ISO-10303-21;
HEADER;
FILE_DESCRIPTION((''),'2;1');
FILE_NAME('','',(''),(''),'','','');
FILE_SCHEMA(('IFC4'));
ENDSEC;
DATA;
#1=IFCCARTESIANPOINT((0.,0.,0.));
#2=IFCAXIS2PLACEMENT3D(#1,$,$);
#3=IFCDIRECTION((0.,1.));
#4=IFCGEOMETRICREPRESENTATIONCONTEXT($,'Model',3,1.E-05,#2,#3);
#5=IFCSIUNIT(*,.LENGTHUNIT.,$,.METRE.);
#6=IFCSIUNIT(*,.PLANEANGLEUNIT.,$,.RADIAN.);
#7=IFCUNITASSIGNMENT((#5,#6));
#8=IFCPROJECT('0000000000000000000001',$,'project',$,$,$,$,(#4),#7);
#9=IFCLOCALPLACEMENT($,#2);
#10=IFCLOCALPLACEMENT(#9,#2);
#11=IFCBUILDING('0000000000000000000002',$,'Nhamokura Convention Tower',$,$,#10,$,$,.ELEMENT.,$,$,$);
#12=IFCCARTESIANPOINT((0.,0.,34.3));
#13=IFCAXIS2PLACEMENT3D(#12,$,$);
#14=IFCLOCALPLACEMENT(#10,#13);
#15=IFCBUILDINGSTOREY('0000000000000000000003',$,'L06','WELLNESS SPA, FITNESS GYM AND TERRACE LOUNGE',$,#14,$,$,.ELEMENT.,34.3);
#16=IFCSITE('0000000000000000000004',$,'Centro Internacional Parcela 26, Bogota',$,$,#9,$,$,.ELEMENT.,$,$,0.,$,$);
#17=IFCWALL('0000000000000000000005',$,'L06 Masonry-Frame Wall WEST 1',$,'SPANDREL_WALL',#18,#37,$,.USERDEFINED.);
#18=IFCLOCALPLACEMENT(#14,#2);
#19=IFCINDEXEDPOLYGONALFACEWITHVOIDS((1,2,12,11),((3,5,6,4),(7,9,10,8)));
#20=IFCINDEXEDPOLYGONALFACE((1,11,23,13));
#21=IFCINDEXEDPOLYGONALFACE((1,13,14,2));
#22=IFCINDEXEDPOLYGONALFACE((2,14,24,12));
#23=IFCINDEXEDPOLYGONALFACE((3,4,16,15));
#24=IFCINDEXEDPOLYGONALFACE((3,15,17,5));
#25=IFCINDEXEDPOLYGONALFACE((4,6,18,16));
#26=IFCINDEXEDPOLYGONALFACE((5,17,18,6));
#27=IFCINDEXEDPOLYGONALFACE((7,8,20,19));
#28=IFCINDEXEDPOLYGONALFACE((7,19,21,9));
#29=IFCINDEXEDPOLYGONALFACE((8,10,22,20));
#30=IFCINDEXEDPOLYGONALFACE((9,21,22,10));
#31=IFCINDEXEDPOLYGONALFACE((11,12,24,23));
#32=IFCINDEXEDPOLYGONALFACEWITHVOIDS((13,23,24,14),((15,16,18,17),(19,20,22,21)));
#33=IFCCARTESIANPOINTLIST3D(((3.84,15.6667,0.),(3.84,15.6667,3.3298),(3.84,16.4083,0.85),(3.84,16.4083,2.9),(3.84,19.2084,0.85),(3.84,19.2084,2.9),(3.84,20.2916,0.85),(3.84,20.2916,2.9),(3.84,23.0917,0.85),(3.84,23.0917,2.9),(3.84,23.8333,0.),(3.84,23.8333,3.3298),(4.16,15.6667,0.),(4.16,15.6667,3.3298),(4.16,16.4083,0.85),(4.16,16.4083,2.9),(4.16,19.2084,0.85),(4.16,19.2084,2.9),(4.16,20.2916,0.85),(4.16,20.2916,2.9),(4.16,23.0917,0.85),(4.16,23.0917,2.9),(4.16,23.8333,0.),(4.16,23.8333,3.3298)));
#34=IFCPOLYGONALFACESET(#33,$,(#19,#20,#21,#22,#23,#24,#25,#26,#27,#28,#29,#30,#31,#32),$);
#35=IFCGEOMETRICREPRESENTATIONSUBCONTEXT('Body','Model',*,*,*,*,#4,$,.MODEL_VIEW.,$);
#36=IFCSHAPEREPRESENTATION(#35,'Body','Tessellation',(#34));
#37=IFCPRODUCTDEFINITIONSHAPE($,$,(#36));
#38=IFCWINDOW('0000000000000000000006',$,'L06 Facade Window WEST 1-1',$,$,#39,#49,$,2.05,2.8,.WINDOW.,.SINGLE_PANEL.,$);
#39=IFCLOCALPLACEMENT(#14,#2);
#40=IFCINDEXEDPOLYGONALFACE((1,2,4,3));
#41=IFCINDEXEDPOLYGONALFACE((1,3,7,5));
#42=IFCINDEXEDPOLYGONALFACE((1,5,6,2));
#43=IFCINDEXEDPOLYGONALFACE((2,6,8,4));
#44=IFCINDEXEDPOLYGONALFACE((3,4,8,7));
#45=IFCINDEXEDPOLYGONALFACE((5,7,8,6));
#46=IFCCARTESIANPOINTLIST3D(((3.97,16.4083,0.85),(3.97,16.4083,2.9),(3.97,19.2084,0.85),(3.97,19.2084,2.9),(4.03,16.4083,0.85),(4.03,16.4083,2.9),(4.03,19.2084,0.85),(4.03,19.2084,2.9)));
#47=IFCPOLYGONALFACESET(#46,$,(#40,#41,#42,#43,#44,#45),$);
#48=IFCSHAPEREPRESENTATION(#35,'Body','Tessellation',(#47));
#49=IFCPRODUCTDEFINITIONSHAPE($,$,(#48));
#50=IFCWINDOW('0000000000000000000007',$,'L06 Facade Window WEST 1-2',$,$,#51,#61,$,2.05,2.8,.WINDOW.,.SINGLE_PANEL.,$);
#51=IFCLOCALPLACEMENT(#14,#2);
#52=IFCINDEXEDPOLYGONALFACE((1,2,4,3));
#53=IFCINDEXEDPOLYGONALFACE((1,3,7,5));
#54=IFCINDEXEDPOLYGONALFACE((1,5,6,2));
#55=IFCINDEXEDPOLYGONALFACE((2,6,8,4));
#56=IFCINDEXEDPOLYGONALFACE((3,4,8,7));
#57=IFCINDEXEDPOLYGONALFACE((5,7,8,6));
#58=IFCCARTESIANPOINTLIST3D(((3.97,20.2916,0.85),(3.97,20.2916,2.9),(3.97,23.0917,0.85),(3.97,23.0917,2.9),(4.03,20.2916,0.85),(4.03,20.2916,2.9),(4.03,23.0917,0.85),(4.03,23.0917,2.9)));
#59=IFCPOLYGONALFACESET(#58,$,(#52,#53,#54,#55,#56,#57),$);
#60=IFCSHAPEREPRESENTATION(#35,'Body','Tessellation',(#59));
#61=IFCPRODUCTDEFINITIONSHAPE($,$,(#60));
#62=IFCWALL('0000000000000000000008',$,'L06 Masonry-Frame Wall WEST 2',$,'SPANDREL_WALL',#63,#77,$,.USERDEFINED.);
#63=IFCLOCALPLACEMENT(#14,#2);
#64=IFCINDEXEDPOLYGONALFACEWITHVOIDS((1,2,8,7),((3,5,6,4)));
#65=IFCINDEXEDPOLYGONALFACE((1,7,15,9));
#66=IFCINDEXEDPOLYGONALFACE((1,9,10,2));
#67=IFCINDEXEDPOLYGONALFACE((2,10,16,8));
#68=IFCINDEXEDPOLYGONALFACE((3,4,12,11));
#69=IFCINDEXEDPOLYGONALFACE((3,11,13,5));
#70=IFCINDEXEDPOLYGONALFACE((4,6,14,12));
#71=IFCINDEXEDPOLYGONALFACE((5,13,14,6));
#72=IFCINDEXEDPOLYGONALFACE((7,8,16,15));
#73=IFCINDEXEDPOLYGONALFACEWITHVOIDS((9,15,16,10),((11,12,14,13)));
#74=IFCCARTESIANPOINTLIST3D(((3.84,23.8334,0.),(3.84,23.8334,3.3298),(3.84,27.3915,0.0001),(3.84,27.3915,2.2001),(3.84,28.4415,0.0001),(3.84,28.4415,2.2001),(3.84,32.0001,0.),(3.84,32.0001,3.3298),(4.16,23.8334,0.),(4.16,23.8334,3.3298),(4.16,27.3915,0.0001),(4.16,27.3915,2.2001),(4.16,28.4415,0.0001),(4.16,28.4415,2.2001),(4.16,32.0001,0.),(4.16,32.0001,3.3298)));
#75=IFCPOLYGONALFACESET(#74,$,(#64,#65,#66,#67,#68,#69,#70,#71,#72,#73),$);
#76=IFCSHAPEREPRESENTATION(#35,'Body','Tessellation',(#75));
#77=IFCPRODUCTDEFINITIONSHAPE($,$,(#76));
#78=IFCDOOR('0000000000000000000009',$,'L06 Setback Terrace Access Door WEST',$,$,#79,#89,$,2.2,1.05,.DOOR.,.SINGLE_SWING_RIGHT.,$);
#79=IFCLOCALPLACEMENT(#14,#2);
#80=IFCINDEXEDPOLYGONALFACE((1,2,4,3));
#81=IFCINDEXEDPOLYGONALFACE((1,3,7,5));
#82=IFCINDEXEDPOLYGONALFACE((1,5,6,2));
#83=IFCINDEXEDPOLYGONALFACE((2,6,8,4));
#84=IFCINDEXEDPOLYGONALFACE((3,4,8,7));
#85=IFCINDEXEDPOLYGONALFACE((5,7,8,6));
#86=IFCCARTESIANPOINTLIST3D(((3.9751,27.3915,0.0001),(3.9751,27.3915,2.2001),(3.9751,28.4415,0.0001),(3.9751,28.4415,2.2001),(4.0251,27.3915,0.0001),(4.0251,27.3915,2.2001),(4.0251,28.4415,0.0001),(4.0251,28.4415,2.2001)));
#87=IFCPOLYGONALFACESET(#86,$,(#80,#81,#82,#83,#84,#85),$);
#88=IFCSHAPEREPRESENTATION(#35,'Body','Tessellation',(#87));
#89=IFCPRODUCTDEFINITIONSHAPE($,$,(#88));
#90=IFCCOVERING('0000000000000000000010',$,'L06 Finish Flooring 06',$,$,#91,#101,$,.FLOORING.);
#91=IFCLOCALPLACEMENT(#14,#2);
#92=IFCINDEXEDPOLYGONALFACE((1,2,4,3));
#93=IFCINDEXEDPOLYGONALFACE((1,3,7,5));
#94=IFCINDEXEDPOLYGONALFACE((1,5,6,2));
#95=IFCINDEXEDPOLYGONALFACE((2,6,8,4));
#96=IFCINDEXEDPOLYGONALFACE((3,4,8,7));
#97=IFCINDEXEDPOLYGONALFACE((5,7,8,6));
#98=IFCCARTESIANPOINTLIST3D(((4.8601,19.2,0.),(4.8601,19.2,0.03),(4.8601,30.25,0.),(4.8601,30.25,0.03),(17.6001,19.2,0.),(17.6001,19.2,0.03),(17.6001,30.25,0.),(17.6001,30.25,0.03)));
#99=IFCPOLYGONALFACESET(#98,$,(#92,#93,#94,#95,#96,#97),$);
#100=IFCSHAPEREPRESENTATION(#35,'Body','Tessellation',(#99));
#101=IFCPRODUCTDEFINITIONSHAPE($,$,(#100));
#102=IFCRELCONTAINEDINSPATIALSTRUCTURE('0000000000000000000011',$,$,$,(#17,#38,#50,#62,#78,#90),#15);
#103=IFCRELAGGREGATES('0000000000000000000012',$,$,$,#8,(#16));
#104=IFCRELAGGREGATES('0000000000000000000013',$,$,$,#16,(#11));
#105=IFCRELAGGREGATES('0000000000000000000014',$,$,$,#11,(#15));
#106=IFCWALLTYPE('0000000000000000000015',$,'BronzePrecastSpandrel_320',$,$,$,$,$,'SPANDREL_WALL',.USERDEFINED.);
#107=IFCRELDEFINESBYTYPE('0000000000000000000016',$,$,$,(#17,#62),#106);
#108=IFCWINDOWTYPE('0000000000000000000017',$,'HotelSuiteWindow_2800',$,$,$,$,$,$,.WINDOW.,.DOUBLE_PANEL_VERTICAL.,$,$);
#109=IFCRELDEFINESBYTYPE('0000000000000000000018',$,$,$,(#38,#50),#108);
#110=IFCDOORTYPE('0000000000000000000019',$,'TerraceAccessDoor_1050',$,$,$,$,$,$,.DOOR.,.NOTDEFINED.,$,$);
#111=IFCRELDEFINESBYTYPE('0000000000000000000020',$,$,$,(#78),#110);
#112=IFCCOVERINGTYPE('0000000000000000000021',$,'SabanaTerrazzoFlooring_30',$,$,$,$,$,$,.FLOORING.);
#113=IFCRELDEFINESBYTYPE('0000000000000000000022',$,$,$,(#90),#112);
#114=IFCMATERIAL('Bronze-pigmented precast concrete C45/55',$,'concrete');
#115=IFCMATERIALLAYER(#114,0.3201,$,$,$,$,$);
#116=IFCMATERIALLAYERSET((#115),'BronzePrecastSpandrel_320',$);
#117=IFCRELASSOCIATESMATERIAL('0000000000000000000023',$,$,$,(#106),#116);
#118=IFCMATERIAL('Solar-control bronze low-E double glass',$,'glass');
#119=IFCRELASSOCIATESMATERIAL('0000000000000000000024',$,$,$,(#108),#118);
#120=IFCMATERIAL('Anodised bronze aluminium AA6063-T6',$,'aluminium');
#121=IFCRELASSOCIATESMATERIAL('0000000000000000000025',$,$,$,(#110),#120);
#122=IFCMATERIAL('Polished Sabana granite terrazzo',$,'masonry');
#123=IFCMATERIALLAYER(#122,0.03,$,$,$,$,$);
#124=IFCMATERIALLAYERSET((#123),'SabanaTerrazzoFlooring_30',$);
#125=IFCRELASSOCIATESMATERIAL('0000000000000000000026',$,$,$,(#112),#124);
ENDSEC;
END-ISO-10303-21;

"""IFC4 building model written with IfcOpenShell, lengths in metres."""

from ifc_helpers import new_model, si_unit, direction, frame, frame_2d, origin, place, context, subcontext, project, spatial, polyline, rectangle, outline, extrude, material, layer, layer_set, type_object, element, fill, save


model = new_model("IFC4")

# Units and contexts
model_context = context("Model", 3, precision=1e-05, world=origin(), true_north=direction((0.0, 1.0)))
body_context = subcontext(model_context, "Body", "Model", "MODEL_VIEW")
ifc_project = project(units=[si_unit("LENGTHUNIT", "METRE"), si_unit("PLANEANGLEUNIT", "RADIAN")], contexts=[model_context])

# Site, building, storey
site_placement = place(None, origin())
site = spatial("IfcSite", under=ifc_project, at=site_placement, Name="Centro Internacional Parcela 26, Bogota", CompositionType="ELEMENT", RefElevation=0.0)
building_placement = place(site_placement, origin())
building = spatial("IfcBuilding", under=site, at=building_placement, Name="Nhamokura Convention Tower", CompositionType="ELEMENT")
storey_placement = place(building_placement, frame((0.0, 0.0, 34.3)))
storey = spatial("IfcBuildingStorey", under=building, at=storey_placement, Name="L06", Description="WELLNESS SPA, FITNESS GYM AND TERRACE LOUNGE", CompositionType="ELEMENT", Elevation=34.3)

# Shared definitions
ifc_material_1 = material(Name="Bronze-pigmented precast concrete C45/55", Category="concrete")
ifc_layer_1 = layer(ifc_material_1, 0.3201)
ifc_layer_set_1 = layer_set([ifc_layer_1], Name="BronzePrecastSpandrel_320")
wall_type = type_object("IfcWallType", Name="BronzePrecastSpandrel_320", ElementType="SPANDREL_WALL", PredefinedType="USERDEFINED", material=ifc_layer_set_1)

# Wall, openings, windows
wall_1_placement = place(storey_placement, frame((4.0, 15.6667, 0.0), z_axis=(0.0, 0.0, 1.0), x_axis=(0.0, 1.0, 0.0)))
wall_1 = element("IfcWall", 1, at=wall_1_placement, inside=storey, type_object=wall_type, Name="L06 Masonry-Frame Wall WEST 1", ObjectType="SPANDREL_WALL", PredefinedType="USERDEFINED", context=body_context, shape_type="SweptSolid", body=[
    extrude(rectangle(XDim=8.1665, YDim=0.3201, at=frame_2d((4.0833, 0.0))), origin(), (0.0, 0.0, 1.0), 3.3298),
])
opening_1_placement = place(wall_1_placement, frame((0.7417, 0.0, 0.8501)))
opening_1 = element("IfcOpeningElement", 2, at=opening_1_placement, cuts=wall_1, PredefinedType="OPENING", context=body_context, shape_type="SweptSolid", body=[
    extrude(rectangle(XDim=2.8, YDim=2.05, at=frame_2d((1.3999, 1.0249))), frame((0.0, 0.1699, 0.0), z_axis=(0.0, -1.0, 0.0), x_axis=(1.0, 0.0, 0.0)), (0.0, 0.0, 1.0), 0.3401),
])
opening_2_placement = place(wall_1_placement, frame((4.625, 0.0, 0.8501)))
opening_2 = element("IfcOpeningElement", 3, at=opening_2_placement, cuts=wall_1, PredefinedType="OPENING", context=body_context, shape_type="SweptSolid", body=[
    extrude(rectangle(XDim=2.8, YDim=2.05, at=frame_2d((1.3999, 1.0249))), frame((0.0, 0.1699, 0.0), z_axis=(0.0, -1.0, 0.0), x_axis=(1.0, 0.0, 0.0)), (0.0, 0.0, 1.0), 0.3401),
])
ifc_material_2 = material(Name="Solar-control bronze low-E double glass", Category="glass")
window_type = type_object("IfcWindowType", Name="HotelSuiteWindow_2800", PartitioningType="DOUBLE_PANEL_VERTICAL", PredefinedType="WINDOW", material=ifc_material_2)
window_1_placement = place(opening_1_placement, origin())
window_1 = element("IfcWindow", 4, at=window_1_placement, inside=storey, type_object=window_type, Name="L06 Facade Window WEST 1-1", OverallHeight=2.05, OverallWidth=2.8, PartitioningType="SINGLE_PANEL", PredefinedType="WINDOW", context=body_context, shape_type="SweptSolid", body=[
    extrude(rectangle(XDim=2.8, YDim=2.05, at=frame_2d((1.3999, 1.0249))), frame((0.0, 0.03, 0.0), z_axis=(0.0, -1.0, 0.0), x_axis=(1.0, 0.0, 0.0)), (0.0, 0.0, 1.0), 0.0601),
])
fill(opening_1, window_1)
window_2_placement = place(opening_2_placement, origin())
window_2 = element("IfcWindow", 5, at=window_2_placement, inside=storey, type_object=window_type, Name="L06 Facade Window WEST 1-2", OverallHeight=2.05, OverallWidth=2.8, PartitioningType="SINGLE_PANEL", PredefinedType="WINDOW", context=body_context, shape_type="SweptSolid", body=[
    extrude(rectangle(XDim=2.8, YDim=2.05, at=frame_2d((1.3999, 1.0249))), frame((0.0, 0.03, 0.0), z_axis=(0.0, -1.0, 0.0), x_axis=(1.0, 0.0, 0.0)), (0.0, 0.0, 1.0), 0.0601),
])
fill(opening_2, window_2)

# Wall, opening, door
wall_2_placement = place(storey_placement, frame((4.0, 23.8333, 0.0), z_axis=(0.0, 0.0, 1.0), x_axis=(0.0, 1.0, 0.0)))
wall_2 = element("IfcWall", 6, at=wall_2_placement, inside=storey, type_object=wall_type, Name="L06 Masonry-Frame Wall WEST 2", ObjectType="SPANDREL_WALL", PredefinedType="USERDEFINED", context=body_context, shape_type="SweptSolid", body=[
    extrude(rectangle(XDim=8.1667, YDim=0.3201, at=frame_2d((4.0835, 0.0))), origin(), (0.0, 0.0, 1.0), 3.3298),
])
opening_3_placement = place(wall_2_placement, frame((3.5583, 0.0, 0.0)))
opening_3 = element("IfcOpeningElement", 7, at=opening_3_placement, cuts=wall_2, PredefinedType="OPENING", context=body_context, shape_type="SweptSolid", body=[
    extrude(rectangle(XDim=1.05, YDim=2.2, at=frame_2d((0.5249, 1.1001))), frame((0.0, 0.1699, 0.0), z_axis=(0.0, -1.0, 0.0), x_axis=(1.0, 0.0, 0.0)), (0.0, 0.0, 1.0), 0.3401),
])
ifc_material_3 = material(Name="Anodised bronze aluminium AA6063-T6", Category="aluminium")
door_type = type_object("IfcDoorType", Name="TerraceAccessDoor_1050", OperationType="NOTDEFINED", PredefinedType="DOOR", material=ifc_material_3)
door_placement = place(opening_3_placement, origin())
door = element("IfcDoor", 8, at=door_placement, inside=storey, type_object=door_type, Name="L06 Setback Terrace Access Door WEST", OperationType="SINGLE_SWING_RIGHT", OverallHeight=2.2, OverallWidth=1.05, PredefinedType="DOOR", context=body_context, shape_type="SweptSolid", body=[
    extrude(rectangle(XDim=1.05, YDim=2.2, at=frame_2d((0.5249, 1.1001))), frame((0.0, 0.0249, 0.0), z_axis=(0.0, -1.0, 0.0), x_axis=(1.0, 0.0, 0.0)), (0.0, 0.0, 1.0), 0.05),
])
fill(opening_3, door)

# Covering
ifc_material_4 = material(Name="Polished Sabana granite terrazzo", Category="masonry")
ifc_layer_2 = layer(ifc_material_4, 0.03)
ifc_layer_set_2 = layer_set([ifc_layer_2], Name="SabanaTerrazzoFlooring_30")
covering_type = type_object("IfcCoveringType", Name="SabanaTerrazzoFlooring_30", PredefinedType="FLOORING", material=ifc_layer_set_2)
covering_placement = place(storey_placement, origin())
element("IfcCovering", 9, at=covering_placement, inside=storey, type_object=covering_type, Name="L06 Finish Flooring 06", PredefinedType="FLOORING", context=body_context, shape_type="SweptSolid", body=[
    extrude(outline(polyline([(4.8601, 19.2), (17.6001, 19.2), (17.6001, 30.25), (4.8601, 30.25), (4.8601, 19.2)])), origin(), (0.0, 0.0, 1.0), 0.03),
])

save(model, "model.ifc")
